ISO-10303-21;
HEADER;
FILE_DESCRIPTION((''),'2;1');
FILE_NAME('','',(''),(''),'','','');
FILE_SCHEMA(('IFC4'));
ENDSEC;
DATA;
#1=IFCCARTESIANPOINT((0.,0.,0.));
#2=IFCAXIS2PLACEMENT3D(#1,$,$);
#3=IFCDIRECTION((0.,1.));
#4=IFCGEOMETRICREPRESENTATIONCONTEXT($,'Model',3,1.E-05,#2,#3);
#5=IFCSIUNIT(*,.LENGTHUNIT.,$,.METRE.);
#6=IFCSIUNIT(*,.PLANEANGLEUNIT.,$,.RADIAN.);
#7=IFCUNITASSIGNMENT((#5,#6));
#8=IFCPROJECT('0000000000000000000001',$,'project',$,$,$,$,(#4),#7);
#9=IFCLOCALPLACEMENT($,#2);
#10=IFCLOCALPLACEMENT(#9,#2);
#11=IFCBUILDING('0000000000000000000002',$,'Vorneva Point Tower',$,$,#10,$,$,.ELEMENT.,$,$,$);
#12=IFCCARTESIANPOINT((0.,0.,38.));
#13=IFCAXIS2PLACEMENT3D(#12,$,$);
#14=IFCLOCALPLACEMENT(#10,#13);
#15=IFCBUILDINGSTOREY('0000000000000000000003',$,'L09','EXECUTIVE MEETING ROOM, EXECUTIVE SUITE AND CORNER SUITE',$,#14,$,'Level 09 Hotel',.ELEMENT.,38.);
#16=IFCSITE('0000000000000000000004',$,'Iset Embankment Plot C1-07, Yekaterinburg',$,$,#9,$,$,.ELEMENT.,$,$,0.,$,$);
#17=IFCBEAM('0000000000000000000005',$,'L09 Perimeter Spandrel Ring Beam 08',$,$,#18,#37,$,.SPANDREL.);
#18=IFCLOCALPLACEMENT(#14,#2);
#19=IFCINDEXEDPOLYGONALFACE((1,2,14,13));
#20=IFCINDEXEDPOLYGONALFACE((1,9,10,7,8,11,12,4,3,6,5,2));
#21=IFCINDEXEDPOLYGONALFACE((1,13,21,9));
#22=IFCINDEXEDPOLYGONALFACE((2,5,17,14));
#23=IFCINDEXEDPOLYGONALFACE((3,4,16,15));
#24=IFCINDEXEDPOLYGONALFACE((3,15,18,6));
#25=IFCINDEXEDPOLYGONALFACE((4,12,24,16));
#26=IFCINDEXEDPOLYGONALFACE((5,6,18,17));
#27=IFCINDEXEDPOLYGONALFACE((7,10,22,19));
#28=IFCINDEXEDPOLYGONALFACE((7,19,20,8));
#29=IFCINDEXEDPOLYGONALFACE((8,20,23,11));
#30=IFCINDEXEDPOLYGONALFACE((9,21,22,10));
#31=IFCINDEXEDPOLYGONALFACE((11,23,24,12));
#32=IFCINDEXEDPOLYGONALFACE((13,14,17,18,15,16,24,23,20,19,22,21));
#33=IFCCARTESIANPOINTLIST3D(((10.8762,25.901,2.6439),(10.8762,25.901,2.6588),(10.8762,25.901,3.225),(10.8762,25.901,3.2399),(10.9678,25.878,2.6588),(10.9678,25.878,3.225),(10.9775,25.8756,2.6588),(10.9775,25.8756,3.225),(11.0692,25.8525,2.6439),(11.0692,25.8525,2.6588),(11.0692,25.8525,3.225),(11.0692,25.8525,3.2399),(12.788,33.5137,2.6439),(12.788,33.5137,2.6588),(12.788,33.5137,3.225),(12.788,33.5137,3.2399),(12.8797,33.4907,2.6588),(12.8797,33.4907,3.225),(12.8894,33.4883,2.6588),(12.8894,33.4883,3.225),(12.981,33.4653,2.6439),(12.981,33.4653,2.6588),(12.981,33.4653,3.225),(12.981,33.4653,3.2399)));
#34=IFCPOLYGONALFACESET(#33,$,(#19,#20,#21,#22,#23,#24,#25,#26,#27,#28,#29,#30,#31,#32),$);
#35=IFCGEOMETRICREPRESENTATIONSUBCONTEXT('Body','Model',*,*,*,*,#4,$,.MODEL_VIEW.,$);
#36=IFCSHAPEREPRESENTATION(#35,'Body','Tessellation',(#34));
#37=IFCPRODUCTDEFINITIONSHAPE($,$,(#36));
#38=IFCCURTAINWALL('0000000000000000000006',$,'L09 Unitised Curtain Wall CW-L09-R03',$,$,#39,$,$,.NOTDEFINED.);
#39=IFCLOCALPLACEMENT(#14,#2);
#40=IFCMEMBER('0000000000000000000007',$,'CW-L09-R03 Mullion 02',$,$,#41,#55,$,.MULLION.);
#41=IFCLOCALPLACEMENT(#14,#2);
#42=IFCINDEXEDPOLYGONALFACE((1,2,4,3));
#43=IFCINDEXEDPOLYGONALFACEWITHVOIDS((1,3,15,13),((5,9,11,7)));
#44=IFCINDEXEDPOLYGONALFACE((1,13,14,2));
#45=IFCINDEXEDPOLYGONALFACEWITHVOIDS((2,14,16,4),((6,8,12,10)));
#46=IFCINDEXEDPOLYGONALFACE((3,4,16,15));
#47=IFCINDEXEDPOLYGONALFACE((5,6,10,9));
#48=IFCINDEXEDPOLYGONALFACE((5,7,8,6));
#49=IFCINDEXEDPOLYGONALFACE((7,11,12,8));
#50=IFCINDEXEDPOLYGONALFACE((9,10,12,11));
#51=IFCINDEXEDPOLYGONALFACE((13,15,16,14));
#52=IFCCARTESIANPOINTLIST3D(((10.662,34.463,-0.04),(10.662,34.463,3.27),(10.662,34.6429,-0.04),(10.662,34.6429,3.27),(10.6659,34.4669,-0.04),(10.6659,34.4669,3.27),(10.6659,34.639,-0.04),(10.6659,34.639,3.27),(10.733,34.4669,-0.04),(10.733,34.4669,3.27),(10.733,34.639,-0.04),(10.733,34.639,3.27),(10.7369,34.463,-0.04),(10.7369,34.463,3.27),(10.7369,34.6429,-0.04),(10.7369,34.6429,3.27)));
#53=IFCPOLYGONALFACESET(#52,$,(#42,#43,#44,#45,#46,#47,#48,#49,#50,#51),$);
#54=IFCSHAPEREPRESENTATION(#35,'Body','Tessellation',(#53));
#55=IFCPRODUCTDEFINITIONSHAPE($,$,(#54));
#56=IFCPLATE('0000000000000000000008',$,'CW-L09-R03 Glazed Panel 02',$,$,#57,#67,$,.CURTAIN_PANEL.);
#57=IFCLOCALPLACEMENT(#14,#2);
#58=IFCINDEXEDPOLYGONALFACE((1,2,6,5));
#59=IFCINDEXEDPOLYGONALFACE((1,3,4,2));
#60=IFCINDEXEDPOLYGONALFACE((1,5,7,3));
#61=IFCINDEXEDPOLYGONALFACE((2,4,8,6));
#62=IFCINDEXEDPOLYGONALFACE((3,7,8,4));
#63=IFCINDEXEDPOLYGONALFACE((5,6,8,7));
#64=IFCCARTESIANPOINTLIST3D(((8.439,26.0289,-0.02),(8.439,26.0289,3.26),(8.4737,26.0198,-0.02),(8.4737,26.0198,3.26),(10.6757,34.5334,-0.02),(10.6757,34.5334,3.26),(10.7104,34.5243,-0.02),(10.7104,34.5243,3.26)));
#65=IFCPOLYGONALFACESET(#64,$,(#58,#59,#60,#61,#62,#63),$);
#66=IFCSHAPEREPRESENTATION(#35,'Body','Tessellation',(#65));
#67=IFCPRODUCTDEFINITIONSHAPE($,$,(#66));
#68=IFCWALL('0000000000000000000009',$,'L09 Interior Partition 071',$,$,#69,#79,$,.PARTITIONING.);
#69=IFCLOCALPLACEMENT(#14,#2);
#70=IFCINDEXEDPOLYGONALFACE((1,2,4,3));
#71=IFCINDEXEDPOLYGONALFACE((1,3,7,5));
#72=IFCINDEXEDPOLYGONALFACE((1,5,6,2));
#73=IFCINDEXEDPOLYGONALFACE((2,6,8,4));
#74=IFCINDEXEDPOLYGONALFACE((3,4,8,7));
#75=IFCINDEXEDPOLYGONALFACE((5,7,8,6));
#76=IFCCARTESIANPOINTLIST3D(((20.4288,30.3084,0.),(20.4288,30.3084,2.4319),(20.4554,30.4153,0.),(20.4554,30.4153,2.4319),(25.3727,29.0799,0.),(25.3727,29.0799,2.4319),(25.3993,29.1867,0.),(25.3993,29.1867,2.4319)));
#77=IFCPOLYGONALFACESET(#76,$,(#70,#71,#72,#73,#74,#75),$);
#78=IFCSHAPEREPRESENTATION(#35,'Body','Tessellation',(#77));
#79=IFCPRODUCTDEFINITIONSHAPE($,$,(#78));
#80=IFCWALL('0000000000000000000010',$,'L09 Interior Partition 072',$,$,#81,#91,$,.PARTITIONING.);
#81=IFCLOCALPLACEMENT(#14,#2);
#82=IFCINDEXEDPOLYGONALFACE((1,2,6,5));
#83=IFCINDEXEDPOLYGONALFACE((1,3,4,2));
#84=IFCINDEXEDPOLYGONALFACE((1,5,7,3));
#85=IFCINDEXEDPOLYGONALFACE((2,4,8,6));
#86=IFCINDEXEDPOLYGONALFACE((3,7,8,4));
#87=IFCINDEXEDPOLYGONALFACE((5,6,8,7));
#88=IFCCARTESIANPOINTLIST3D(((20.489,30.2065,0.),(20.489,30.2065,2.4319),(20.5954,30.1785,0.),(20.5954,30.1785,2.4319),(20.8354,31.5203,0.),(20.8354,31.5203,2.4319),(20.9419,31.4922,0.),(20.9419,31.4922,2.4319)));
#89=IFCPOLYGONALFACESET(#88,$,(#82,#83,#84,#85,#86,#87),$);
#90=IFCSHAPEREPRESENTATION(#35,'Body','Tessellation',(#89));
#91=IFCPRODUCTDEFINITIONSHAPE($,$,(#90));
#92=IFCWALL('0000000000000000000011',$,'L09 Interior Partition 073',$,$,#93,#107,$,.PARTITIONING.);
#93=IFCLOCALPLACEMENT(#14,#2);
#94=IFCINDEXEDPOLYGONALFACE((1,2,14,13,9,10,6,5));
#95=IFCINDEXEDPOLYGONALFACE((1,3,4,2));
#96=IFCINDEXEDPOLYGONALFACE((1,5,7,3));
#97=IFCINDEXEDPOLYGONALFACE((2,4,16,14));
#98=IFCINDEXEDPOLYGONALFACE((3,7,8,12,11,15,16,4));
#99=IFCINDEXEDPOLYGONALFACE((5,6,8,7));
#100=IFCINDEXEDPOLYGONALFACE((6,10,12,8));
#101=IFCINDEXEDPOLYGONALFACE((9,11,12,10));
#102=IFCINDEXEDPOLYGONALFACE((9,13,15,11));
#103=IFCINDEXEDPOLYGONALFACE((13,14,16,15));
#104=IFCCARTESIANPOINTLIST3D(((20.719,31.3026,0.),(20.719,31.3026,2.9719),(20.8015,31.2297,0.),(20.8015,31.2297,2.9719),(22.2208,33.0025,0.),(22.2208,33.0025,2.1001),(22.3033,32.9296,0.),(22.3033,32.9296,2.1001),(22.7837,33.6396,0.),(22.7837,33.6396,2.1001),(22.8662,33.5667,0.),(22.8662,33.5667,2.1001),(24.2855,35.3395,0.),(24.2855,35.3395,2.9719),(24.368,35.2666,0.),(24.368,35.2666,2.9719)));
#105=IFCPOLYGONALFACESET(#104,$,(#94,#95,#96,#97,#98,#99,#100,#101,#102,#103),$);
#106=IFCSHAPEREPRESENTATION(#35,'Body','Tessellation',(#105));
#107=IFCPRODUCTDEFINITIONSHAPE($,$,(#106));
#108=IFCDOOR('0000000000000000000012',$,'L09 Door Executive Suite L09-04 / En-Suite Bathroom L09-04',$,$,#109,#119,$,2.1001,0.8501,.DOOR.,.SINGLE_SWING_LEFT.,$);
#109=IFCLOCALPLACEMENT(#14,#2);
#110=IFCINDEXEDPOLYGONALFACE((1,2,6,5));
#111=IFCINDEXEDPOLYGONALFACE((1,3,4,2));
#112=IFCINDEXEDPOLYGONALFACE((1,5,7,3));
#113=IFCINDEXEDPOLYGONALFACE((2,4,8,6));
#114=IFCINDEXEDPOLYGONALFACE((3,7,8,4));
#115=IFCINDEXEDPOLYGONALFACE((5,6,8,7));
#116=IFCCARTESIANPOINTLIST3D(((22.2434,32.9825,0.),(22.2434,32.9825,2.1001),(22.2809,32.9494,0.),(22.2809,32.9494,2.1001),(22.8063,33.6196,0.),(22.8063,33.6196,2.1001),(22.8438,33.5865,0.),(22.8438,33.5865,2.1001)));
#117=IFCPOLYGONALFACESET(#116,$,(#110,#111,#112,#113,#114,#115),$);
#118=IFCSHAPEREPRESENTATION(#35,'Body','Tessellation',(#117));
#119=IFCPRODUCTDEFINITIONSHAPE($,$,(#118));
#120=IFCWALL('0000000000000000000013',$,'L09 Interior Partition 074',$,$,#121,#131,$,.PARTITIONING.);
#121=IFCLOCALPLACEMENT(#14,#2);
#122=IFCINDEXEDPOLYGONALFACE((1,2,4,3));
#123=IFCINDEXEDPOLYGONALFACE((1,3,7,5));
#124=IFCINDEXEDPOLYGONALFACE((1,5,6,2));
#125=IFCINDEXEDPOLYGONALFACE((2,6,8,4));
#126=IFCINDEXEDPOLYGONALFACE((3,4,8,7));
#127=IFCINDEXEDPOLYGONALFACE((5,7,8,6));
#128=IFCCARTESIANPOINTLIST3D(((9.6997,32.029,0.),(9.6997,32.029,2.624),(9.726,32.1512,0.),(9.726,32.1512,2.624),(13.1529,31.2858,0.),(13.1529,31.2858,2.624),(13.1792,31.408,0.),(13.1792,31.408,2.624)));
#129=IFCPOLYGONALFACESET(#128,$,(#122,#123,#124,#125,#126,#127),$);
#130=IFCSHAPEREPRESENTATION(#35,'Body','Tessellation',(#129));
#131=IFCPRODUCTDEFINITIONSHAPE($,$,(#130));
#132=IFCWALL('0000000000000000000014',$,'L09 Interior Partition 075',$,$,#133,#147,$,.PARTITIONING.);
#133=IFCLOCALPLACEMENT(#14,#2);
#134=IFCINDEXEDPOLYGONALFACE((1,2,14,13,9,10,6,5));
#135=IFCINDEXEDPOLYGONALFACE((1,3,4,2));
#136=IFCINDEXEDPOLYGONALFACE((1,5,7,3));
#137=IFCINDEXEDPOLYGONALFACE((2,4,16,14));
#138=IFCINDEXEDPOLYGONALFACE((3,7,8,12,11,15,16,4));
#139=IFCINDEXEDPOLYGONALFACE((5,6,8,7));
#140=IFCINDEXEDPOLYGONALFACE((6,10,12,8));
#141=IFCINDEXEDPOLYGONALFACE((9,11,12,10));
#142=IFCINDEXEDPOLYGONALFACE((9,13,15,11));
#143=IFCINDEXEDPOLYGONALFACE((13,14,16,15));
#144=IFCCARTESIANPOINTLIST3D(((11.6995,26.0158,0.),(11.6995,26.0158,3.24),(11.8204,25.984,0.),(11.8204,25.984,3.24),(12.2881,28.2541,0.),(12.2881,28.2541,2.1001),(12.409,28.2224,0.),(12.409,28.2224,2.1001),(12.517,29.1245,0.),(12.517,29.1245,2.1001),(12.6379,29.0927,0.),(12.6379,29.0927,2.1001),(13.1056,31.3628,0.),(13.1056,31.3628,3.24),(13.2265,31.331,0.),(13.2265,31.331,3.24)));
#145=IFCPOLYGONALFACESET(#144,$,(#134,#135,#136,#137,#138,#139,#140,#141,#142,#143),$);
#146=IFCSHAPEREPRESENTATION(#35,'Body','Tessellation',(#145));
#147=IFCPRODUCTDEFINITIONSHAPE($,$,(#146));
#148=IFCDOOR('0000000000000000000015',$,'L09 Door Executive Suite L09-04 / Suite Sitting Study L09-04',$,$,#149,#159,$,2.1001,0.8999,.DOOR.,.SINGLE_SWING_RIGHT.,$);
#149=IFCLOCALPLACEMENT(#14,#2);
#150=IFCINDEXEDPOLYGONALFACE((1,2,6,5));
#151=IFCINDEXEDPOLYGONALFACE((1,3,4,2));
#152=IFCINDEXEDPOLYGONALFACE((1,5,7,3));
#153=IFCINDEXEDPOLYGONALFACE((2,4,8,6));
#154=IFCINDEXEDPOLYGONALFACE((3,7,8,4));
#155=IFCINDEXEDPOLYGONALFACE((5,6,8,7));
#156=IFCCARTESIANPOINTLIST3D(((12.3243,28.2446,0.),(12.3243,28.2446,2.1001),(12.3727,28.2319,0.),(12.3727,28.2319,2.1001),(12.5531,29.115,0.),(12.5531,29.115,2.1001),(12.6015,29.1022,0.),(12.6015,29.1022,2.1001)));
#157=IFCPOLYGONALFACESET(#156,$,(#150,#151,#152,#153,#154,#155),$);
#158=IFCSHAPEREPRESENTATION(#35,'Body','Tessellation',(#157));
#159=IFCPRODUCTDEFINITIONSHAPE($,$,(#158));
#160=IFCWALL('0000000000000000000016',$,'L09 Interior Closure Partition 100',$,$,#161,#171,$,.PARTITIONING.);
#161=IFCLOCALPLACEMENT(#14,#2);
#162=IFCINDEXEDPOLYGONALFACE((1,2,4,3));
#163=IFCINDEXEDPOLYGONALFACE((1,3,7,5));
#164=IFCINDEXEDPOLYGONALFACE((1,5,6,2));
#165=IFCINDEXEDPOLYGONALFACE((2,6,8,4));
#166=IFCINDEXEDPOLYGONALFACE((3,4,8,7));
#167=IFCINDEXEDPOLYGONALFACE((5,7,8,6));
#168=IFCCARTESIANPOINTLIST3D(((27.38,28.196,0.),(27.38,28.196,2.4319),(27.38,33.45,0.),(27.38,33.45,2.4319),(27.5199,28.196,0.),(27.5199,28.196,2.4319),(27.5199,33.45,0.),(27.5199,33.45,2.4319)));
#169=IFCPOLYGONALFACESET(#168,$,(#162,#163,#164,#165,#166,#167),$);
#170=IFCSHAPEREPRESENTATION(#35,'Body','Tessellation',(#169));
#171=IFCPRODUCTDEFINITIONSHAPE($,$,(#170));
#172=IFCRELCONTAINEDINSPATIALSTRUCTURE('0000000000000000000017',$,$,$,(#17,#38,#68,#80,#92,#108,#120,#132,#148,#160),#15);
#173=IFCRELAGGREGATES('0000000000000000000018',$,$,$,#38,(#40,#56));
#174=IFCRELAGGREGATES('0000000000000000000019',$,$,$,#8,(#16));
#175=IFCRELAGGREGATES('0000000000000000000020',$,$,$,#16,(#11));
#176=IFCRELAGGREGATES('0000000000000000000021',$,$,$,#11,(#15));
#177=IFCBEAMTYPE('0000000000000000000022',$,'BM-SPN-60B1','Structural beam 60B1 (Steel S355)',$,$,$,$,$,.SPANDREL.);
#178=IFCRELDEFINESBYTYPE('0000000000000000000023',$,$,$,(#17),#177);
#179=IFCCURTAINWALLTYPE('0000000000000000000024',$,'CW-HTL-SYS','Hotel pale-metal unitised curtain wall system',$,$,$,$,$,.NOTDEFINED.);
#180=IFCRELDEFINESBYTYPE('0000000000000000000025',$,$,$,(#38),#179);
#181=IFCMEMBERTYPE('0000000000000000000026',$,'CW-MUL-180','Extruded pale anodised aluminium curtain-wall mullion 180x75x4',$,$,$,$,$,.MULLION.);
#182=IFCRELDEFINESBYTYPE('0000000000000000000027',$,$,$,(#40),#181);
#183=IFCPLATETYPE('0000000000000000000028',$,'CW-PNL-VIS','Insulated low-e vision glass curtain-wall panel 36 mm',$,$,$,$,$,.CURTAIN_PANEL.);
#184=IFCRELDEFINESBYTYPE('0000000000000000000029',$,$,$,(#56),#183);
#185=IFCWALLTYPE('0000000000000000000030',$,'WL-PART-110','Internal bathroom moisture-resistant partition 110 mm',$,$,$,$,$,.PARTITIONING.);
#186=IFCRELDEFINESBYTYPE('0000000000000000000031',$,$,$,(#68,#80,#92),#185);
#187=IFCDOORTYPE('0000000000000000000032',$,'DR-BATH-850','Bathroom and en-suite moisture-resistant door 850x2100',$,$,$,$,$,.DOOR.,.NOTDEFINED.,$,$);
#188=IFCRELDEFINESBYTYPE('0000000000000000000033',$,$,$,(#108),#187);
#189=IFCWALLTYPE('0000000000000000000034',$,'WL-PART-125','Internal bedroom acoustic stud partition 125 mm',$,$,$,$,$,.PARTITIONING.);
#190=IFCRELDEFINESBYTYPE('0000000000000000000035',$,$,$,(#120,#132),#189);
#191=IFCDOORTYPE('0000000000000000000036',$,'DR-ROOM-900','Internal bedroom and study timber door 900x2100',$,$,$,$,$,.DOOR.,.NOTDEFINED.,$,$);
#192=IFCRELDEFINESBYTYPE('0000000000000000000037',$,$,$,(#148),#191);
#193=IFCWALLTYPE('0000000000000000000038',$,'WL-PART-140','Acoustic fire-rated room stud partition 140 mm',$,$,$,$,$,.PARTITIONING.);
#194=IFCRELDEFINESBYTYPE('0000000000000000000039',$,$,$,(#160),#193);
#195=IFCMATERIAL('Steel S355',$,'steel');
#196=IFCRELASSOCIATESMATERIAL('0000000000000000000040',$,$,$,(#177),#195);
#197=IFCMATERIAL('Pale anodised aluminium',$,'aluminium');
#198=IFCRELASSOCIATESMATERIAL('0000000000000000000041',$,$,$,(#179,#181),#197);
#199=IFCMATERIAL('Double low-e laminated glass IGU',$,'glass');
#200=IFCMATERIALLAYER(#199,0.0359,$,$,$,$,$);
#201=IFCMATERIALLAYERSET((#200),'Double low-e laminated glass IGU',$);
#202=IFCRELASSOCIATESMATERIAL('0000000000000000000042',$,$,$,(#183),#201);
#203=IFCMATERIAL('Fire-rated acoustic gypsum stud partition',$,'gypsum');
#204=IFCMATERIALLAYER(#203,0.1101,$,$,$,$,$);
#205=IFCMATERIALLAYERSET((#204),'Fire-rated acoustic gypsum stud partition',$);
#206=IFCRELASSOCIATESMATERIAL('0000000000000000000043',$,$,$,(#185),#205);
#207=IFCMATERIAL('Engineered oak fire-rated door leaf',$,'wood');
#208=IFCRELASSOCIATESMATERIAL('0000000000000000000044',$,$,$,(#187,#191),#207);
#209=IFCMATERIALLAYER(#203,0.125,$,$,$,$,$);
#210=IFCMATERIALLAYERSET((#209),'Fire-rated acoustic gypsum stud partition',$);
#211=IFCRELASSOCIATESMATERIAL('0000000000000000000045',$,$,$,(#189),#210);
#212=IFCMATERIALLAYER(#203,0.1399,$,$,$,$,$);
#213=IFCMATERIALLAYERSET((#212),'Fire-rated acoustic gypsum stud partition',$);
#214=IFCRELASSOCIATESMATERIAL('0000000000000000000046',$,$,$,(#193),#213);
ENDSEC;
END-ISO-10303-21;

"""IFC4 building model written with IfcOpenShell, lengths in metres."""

from ifc_helpers import new_model, si_unit, direction, frame, frame_2d, origin, origin_2d, place, context, subcontext, project, spatial, rectangle, hollow_rectangle, i_section, extrude, material, layer, layer_set, material_profile, profile_set, type_object, element, fill, aggregate, save


model = new_model("IFC4")

# Units and contexts
model_context = context("Model", 3, precision=1e-05, world=origin(), true_north=direction((0.0, 1.0)))
body_context = subcontext(model_context, "Body", "Model", "MODEL_VIEW")
ifc_project = project(units=[si_unit("LENGTHUNIT", "METRE"), si_unit("PLANEANGLEUNIT", "RADIAN")], contexts=[model_context])

# Site, building, storey
site_placement = place(None, origin())
site = spatial("IfcSite", under=ifc_project, at=site_placement, Name="Iset Embankment Plot C1-07, Yekaterinburg", CompositionType="ELEMENT", RefElevation=0.0)
building_placement = place(site_placement, origin())
building = spatial("IfcBuilding", under=site, at=building_placement, Name="Vorneva Point Tower", CompositionType="ELEMENT")
storey_placement = place(building_placement, frame((0.0, 0.0, 38.0)))
storey = spatial("IfcBuildingStorey", under=building, at=storey_placement, Name="L09", Description="EXECUTIVE MEETING ROOM, EXECUTIVE SUITE AND CORNER SUITE", LongName="Level 09 Hotel", CompositionType="ELEMENT", Elevation=38.0)

# Beam
ifc_material_1 = material(Name="Steel S355", Category="steel")
ifc_material_profile_1 = material_profile(ifc_material_1, i_section(OverallWidth=0.199, OverallDepth=0.5959, WebThickness=0.01, FlangeThickness=0.0149, at=origin_2d()), Name="60B1")
ifc_profile_set_1 = profile_set([ifc_material_profile_1], Name="Steel S355")
beam_type_1 = type_object("IfcBeamType", Name="BM-SPN-60B1", Description="Structural beam 60B1 (Steel S355)", PredefinedType="SPANDREL", material=ifc_profile_set_1)
beam_1_placement = place(storey_placement, frame((12.8845, 33.4895, 2.9419), z_axis=(-0.243575, -0.969882, 0.0), x_axis=(0.969882, -0.243575, 0.0)))
element("IfcBeam", 1, at=beam_1_placement, inside=storey, type_object=beam_type_1, Name="L09 Perimeter Spandrel Ring Beam 08", PredefinedType="SPANDREL", context=body_context, shape_type="SweptSolid", body=[
    extrude(i_section(OverallWidth=0.199, OverallDepth=0.5959, WebThickness=0.01, FlangeThickness=0.0149, at=origin_2d()), origin(), (0.0, 0.0, 1.0), 7.8491),
])

# Curtain wall, member, plate
ifc_material_2 = material(Name="Pale anodised aluminium", Category="aluminium")
curtain_wall_type = type_object("IfcCurtainWallType", Name="CW-HTL-SYS", Description="Hotel pale-metal unitised curtain wall system", PredefinedType="NOTDEFINED", material=ifc_material_2)
curtain_wall_placement = place(storey_placement, origin())
curtain_wall = element("IfcCurtainWall", 2, at=curtain_wall_placement, inside=storey, type_object=curtain_wall_type, Name="L09 Unitised Curtain Wall CW-L09-R03", PredefinedType="NOTDEFINED")
ifc_material_profile_2 = material_profile(ifc_material_2, hollow_rectangle(XDim=0.075, YDim=0.1799, WallThickness=0.0039, at=origin_2d()), Name="AL-MUL 180x75x4")
ifc_profile_set_2 = profile_set([ifc_material_profile_2], Name="Pale anodised aluminium")
member_type = type_object("IfcMemberType", Name="CW-MUL-180", Description="Extruded pale anodised aluminium curtain-wall mullion 180x75x4", PredefinedType="MULLION", material=ifc_profile_set_2)
member_placement = place(storey_placement, frame((10.6995, 34.553, -0.04), z_axis=(0.0, 0.0, 1.0), x_axis=(1.0, 0.0, 0.0)))
member = element("IfcMember", 3, at=member_placement, type_object=member_type, Name="CW-L09-R03 Mullion 02", PredefinedType="MULLION", context=body_context, shape_type="SweptSolid", body=[
    extrude(hollow_rectangle(XDim=0.075, YDim=0.1799, WallThickness=0.0039, at=origin_2d()), origin(), (0.0, 0.0, 1.0), 3.3101),
])
ifc_material_3 = material(Name="Double low-e laminated glass IGU", Category="glass")
ifc_layer_1 = layer(ifc_material_3, 0.0359)
ifc_layer_set_1 = layer_set([ifc_layer_1], Name="Double low-e laminated glass IGU")
plate_type = type_object("IfcPlateType", Name="CW-PNL-VIS", Description="Insulated low-e vision glass curtain-wall panel 36 mm", PredefinedType="CURTAIN_PANEL", material=ifc_layer_set_1)
plate_placement = place(storey_placement, frame((9.5747, 30.2766, -0.02), z_axis=(0.0, 0.0, 1.0), x_axis=(-0.254349, -0.967113, 0.0)))
plate = element("IfcPlate", 4, at=plate_placement, type_object=plate_type, Name="CW-L09-R03 Glazed Panel 02", PredefinedType="CURTAIN_PANEL", context=body_context, shape_type="SweptSolid", body=[
    extrude(rectangle(XDim=8.7937, YDim=0.0359, at=origin_2d()), origin(), (0.0, 0.0, 1.0), 3.28),
])
aggregate(curtain_wall, [member, plate])

# Walls
ifc_material_4 = material(Name="Fire-rated acoustic gypsum stud partition", Category="gypsum")
ifc_layer_2 = layer(ifc_material_4, 0.1101)
ifc_layer_set_2 = layer_set([ifc_layer_2], Name="Fire-rated acoustic gypsum stud partition")
wall_type_1 = type_object("IfcWallType", Name="WL-PART-110", Description="Internal bathroom moisture-resistant partition 110 mm", PredefinedType="PARTITIONING", material=ifc_layer_set_2)
wall_1_placement = place(storey_placement, frame((25.386, 29.1333, 0.0), z_axis=(0.0, 0.0, 1.0), x_axis=(-0.970485, 0.24116, 0.0)))
element("IfcWall", 5, at=wall_1_placement, inside=storey, type_object=wall_type_1, Name="L09 Interior Partition 071", PredefinedType="PARTITIONING", context=body_context, shape_type="SweptSolid", body=[
    extrude(rectangle(XDim=5.0942, YDim=0.1101, at=frame_2d((2.5471, 0.0))), origin(), (0.0, 0.0, 1.0), 2.4319),
])
wall_2_placement = place(storey_placement, frame((20.5422, 30.1926, 0.0), z_axis=(0.0, 0.0, 1.0), x_axis=(0.254989, 0.966944, 0.0)))
element("IfcWall", 6, at=wall_2_placement, inside=storey, type_object=wall_type_1, Name="L09 Interior Partition 072", PredefinedType="PARTITIONING", context=body_context, shape_type="SweptSolid", body=[
    extrude(rectangle(XDim=1.3586, YDim=0.1101, at=frame_2d((0.6792, 0.0))), origin(), (0.0, 0.0, 1.0), 2.4319),
])

# Wall, opening, door
wall_3_placement = place(storey_placement, frame((20.7603, 31.2661, 0.0), z_axis=(0.0, 0.0, 1.0), x_axis=(0.662088, 0.749426, 0.0)))
wall_3 = element("IfcWall", 7, at=wall_3_placement, inside=storey, type_object=wall_type_1, Name="L09 Interior Partition 073", PredefinedType="PARTITIONING", context=body_context, shape_type="SweptSolid", body=[
    extrude(rectangle(XDim=5.3867, YDim=0.1101, at=frame_2d((2.6934, 0.0))), origin(), (0.0, 0.0, 1.0), 2.9719),
])
opening_1_placement = place(wall_3_placement, frame((2.2683, 0.0, 0.0)))
opening_1 = element("IfcOpeningElement", 8, at=opening_1_placement, cuts=wall_3, PredefinedType="OPENING", context=body_context, shape_type="SweptSolid", body=[
    extrude(rectangle(XDim=0.8501, YDim=2.1001, at=frame_2d((0.425, 1.05))), frame((0.0, 0.0698, 0.0), z_axis=(0.0, -1.0, 0.0), x_axis=(1.0, 0.0, 0.0)), (0.0, 0.0, 1.0), 0.1399),
])
ifc_material_5 = material(Name="Engineered oak fire-rated door leaf", Category="wood")
door_type_1 = type_object("IfcDoorType", Name="DR-BATH-850", Description="Bathroom and en-suite moisture-resistant door 850x2100", OperationType="NOTDEFINED", PredefinedType="DOOR", material=ifc_material_5)
door_1_placement = place(opening_1_placement, origin())
door_1 = element("IfcDoor", 9, at=door_1_placement, inside=storey, type_object=door_type_1, Name="L09 Door Executive Suite L09-04 / En-Suite Bathroom L09-04", OperationType="SINGLE_SWING_LEFT", OverallHeight=2.1001, OverallWidth=0.8501, PredefinedType="DOOR", context=body_context, shape_type="SweptSolid", body=[
    extrude(rectangle(XDim=0.8501, YDim=2.1001, at=frame_2d((0.425, 1.05))), frame((0.0, 0.0249, 0.0), z_axis=(0.0, -1.0, 0.0), x_axis=(1.0, 0.0, 0.0)), (0.0, 0.0, 1.0), 0.05),
])
fill(opening_1, door_1)

# Wall
ifc_layer_3 = layer(ifc_material_4, 0.125)
ifc_layer_set_3 = layer_set([ifc_layer_3], Name="Fire-rated acoustic gypsum stud partition")
wall_type_2 = type_object("IfcWallType", Name="WL-PART-125", Description="Internal bedroom acoustic stud partition 125 mm", PredefinedType="PARTITIONING", material=ifc_layer_set_3)
wall_4_placement = place(storey_placement, frame((9.7129, 32.0901, 0.0), z_axis=(0.0, 0.0, 1.0), x_axis=(0.977616, -0.210398, 0.0)))
element("IfcWall", 10, at=wall_4_placement, inside=storey, type_object=wall_type_2, Name="L09 Interior Partition 074", PredefinedType="PARTITIONING", context=body_context, shape_type="SweptSolid", body=[
    extrude(rectangle(XDim=3.5322, YDim=0.125, at=frame_2d((1.7661, 0.0))), origin(), (0.0, 0.0, 1.0), 2.624),
])

# Wall, opening, door
wall_5_placement = place(storey_placement, frame((13.166, 31.3469, 0.0), z_axis=(0.0, 0.0, 1.0), x_axis=(-0.254311, -0.967123, 0.0)))
wall_5 = element("IfcWall", 11, at=wall_5_placement, inside=storey, type_object=wall_type_2, Name="L09 Interior Partition 075", PredefinedType="PARTITIONING", context=body_context, shape_type="SweptSolid", body=[
    extrude(rectangle(XDim=5.5288, YDim=0.125, at=frame_2d((2.7644, 0.0))), origin(), (0.0, 0.0, 1.0), 3.24),
])
opening_2_placement = place(wall_5_placement, frame((2.3145, 0.0, 0.0)))
opening_2 = element("IfcOpeningElement", 12, at=opening_2_placement, cuts=wall_5, PredefinedType="OPENING", context=body_context, shape_type="SweptSolid", body=[
    extrude(rectangle(XDim=0.8999, YDim=2.1001, at=frame_2d((0.45, 1.05))), frame((0.0, 0.0774, 0.0), z_axis=(0.0, -1.0, 0.0), x_axis=(1.0, 0.0, 0.0)), (0.0, 0.0, 1.0), 0.1548),
])
door_type_2 = type_object("IfcDoorType", Name="DR-ROOM-900", Description="Internal bedroom and study timber door 900x2100", OperationType="NOTDEFINED", PredefinedType="DOOR", material=ifc_material_5)
door_2_placement = place(opening_2_placement, origin())
door_2 = element("IfcDoor", 13, at=door_2_placement, inside=storey, type_object=door_type_2, Name="L09 Door Executive Suite L09-04 / Suite Sitting Study L09-04", OperationType="SINGLE_SWING_RIGHT", OverallHeight=2.1001, OverallWidth=0.8999, PredefinedType="DOOR", context=body_context, shape_type="SweptSolid", body=[
    extrude(rectangle(XDim=0.8999, YDim=2.1001, at=frame_2d((0.45, 1.05))), frame((0.0, 0.0249, 0.0), z_axis=(0.0, -1.0, 0.0), x_axis=(1.0, 0.0, 0.0)), (0.0, 0.0, 1.0), 0.05),
])
fill(opening_2, door_2)

# Wall
ifc_layer_4 = layer(ifc_material_4, 0.1399)
ifc_layer_set_4 = layer_set([ifc_layer_4], Name="Fire-rated acoustic gypsum stud partition")
wall_type_3 = type_object("IfcWallType", Name="WL-PART-140", Description="Acoustic fire-rated room stud partition 140 mm", PredefinedType="PARTITIONING", material=ifc_layer_set_4)
wall_6_placement = place(storey_placement, frame((27.45, 28.196, 0.0), z_axis=(0.0, 0.0, 1.0), x_axis=(0.0, 1.0, 0.0)))
element("IfcWall", 14, at=wall_6_placement, inside=storey, type_object=wall_type_3, Name="L09 Interior Closure Partition 100", PredefinedType="PARTITIONING", context=body_context, shape_type="SweptSolid", body=[
    extrude(rectangle(XDim=5.2539, YDim=0.1399, at=frame_2d((2.627, 0.0))), origin(), (0.0, 0.0, 1.0), 2.4319),
])

save(model, "model.ifc")
